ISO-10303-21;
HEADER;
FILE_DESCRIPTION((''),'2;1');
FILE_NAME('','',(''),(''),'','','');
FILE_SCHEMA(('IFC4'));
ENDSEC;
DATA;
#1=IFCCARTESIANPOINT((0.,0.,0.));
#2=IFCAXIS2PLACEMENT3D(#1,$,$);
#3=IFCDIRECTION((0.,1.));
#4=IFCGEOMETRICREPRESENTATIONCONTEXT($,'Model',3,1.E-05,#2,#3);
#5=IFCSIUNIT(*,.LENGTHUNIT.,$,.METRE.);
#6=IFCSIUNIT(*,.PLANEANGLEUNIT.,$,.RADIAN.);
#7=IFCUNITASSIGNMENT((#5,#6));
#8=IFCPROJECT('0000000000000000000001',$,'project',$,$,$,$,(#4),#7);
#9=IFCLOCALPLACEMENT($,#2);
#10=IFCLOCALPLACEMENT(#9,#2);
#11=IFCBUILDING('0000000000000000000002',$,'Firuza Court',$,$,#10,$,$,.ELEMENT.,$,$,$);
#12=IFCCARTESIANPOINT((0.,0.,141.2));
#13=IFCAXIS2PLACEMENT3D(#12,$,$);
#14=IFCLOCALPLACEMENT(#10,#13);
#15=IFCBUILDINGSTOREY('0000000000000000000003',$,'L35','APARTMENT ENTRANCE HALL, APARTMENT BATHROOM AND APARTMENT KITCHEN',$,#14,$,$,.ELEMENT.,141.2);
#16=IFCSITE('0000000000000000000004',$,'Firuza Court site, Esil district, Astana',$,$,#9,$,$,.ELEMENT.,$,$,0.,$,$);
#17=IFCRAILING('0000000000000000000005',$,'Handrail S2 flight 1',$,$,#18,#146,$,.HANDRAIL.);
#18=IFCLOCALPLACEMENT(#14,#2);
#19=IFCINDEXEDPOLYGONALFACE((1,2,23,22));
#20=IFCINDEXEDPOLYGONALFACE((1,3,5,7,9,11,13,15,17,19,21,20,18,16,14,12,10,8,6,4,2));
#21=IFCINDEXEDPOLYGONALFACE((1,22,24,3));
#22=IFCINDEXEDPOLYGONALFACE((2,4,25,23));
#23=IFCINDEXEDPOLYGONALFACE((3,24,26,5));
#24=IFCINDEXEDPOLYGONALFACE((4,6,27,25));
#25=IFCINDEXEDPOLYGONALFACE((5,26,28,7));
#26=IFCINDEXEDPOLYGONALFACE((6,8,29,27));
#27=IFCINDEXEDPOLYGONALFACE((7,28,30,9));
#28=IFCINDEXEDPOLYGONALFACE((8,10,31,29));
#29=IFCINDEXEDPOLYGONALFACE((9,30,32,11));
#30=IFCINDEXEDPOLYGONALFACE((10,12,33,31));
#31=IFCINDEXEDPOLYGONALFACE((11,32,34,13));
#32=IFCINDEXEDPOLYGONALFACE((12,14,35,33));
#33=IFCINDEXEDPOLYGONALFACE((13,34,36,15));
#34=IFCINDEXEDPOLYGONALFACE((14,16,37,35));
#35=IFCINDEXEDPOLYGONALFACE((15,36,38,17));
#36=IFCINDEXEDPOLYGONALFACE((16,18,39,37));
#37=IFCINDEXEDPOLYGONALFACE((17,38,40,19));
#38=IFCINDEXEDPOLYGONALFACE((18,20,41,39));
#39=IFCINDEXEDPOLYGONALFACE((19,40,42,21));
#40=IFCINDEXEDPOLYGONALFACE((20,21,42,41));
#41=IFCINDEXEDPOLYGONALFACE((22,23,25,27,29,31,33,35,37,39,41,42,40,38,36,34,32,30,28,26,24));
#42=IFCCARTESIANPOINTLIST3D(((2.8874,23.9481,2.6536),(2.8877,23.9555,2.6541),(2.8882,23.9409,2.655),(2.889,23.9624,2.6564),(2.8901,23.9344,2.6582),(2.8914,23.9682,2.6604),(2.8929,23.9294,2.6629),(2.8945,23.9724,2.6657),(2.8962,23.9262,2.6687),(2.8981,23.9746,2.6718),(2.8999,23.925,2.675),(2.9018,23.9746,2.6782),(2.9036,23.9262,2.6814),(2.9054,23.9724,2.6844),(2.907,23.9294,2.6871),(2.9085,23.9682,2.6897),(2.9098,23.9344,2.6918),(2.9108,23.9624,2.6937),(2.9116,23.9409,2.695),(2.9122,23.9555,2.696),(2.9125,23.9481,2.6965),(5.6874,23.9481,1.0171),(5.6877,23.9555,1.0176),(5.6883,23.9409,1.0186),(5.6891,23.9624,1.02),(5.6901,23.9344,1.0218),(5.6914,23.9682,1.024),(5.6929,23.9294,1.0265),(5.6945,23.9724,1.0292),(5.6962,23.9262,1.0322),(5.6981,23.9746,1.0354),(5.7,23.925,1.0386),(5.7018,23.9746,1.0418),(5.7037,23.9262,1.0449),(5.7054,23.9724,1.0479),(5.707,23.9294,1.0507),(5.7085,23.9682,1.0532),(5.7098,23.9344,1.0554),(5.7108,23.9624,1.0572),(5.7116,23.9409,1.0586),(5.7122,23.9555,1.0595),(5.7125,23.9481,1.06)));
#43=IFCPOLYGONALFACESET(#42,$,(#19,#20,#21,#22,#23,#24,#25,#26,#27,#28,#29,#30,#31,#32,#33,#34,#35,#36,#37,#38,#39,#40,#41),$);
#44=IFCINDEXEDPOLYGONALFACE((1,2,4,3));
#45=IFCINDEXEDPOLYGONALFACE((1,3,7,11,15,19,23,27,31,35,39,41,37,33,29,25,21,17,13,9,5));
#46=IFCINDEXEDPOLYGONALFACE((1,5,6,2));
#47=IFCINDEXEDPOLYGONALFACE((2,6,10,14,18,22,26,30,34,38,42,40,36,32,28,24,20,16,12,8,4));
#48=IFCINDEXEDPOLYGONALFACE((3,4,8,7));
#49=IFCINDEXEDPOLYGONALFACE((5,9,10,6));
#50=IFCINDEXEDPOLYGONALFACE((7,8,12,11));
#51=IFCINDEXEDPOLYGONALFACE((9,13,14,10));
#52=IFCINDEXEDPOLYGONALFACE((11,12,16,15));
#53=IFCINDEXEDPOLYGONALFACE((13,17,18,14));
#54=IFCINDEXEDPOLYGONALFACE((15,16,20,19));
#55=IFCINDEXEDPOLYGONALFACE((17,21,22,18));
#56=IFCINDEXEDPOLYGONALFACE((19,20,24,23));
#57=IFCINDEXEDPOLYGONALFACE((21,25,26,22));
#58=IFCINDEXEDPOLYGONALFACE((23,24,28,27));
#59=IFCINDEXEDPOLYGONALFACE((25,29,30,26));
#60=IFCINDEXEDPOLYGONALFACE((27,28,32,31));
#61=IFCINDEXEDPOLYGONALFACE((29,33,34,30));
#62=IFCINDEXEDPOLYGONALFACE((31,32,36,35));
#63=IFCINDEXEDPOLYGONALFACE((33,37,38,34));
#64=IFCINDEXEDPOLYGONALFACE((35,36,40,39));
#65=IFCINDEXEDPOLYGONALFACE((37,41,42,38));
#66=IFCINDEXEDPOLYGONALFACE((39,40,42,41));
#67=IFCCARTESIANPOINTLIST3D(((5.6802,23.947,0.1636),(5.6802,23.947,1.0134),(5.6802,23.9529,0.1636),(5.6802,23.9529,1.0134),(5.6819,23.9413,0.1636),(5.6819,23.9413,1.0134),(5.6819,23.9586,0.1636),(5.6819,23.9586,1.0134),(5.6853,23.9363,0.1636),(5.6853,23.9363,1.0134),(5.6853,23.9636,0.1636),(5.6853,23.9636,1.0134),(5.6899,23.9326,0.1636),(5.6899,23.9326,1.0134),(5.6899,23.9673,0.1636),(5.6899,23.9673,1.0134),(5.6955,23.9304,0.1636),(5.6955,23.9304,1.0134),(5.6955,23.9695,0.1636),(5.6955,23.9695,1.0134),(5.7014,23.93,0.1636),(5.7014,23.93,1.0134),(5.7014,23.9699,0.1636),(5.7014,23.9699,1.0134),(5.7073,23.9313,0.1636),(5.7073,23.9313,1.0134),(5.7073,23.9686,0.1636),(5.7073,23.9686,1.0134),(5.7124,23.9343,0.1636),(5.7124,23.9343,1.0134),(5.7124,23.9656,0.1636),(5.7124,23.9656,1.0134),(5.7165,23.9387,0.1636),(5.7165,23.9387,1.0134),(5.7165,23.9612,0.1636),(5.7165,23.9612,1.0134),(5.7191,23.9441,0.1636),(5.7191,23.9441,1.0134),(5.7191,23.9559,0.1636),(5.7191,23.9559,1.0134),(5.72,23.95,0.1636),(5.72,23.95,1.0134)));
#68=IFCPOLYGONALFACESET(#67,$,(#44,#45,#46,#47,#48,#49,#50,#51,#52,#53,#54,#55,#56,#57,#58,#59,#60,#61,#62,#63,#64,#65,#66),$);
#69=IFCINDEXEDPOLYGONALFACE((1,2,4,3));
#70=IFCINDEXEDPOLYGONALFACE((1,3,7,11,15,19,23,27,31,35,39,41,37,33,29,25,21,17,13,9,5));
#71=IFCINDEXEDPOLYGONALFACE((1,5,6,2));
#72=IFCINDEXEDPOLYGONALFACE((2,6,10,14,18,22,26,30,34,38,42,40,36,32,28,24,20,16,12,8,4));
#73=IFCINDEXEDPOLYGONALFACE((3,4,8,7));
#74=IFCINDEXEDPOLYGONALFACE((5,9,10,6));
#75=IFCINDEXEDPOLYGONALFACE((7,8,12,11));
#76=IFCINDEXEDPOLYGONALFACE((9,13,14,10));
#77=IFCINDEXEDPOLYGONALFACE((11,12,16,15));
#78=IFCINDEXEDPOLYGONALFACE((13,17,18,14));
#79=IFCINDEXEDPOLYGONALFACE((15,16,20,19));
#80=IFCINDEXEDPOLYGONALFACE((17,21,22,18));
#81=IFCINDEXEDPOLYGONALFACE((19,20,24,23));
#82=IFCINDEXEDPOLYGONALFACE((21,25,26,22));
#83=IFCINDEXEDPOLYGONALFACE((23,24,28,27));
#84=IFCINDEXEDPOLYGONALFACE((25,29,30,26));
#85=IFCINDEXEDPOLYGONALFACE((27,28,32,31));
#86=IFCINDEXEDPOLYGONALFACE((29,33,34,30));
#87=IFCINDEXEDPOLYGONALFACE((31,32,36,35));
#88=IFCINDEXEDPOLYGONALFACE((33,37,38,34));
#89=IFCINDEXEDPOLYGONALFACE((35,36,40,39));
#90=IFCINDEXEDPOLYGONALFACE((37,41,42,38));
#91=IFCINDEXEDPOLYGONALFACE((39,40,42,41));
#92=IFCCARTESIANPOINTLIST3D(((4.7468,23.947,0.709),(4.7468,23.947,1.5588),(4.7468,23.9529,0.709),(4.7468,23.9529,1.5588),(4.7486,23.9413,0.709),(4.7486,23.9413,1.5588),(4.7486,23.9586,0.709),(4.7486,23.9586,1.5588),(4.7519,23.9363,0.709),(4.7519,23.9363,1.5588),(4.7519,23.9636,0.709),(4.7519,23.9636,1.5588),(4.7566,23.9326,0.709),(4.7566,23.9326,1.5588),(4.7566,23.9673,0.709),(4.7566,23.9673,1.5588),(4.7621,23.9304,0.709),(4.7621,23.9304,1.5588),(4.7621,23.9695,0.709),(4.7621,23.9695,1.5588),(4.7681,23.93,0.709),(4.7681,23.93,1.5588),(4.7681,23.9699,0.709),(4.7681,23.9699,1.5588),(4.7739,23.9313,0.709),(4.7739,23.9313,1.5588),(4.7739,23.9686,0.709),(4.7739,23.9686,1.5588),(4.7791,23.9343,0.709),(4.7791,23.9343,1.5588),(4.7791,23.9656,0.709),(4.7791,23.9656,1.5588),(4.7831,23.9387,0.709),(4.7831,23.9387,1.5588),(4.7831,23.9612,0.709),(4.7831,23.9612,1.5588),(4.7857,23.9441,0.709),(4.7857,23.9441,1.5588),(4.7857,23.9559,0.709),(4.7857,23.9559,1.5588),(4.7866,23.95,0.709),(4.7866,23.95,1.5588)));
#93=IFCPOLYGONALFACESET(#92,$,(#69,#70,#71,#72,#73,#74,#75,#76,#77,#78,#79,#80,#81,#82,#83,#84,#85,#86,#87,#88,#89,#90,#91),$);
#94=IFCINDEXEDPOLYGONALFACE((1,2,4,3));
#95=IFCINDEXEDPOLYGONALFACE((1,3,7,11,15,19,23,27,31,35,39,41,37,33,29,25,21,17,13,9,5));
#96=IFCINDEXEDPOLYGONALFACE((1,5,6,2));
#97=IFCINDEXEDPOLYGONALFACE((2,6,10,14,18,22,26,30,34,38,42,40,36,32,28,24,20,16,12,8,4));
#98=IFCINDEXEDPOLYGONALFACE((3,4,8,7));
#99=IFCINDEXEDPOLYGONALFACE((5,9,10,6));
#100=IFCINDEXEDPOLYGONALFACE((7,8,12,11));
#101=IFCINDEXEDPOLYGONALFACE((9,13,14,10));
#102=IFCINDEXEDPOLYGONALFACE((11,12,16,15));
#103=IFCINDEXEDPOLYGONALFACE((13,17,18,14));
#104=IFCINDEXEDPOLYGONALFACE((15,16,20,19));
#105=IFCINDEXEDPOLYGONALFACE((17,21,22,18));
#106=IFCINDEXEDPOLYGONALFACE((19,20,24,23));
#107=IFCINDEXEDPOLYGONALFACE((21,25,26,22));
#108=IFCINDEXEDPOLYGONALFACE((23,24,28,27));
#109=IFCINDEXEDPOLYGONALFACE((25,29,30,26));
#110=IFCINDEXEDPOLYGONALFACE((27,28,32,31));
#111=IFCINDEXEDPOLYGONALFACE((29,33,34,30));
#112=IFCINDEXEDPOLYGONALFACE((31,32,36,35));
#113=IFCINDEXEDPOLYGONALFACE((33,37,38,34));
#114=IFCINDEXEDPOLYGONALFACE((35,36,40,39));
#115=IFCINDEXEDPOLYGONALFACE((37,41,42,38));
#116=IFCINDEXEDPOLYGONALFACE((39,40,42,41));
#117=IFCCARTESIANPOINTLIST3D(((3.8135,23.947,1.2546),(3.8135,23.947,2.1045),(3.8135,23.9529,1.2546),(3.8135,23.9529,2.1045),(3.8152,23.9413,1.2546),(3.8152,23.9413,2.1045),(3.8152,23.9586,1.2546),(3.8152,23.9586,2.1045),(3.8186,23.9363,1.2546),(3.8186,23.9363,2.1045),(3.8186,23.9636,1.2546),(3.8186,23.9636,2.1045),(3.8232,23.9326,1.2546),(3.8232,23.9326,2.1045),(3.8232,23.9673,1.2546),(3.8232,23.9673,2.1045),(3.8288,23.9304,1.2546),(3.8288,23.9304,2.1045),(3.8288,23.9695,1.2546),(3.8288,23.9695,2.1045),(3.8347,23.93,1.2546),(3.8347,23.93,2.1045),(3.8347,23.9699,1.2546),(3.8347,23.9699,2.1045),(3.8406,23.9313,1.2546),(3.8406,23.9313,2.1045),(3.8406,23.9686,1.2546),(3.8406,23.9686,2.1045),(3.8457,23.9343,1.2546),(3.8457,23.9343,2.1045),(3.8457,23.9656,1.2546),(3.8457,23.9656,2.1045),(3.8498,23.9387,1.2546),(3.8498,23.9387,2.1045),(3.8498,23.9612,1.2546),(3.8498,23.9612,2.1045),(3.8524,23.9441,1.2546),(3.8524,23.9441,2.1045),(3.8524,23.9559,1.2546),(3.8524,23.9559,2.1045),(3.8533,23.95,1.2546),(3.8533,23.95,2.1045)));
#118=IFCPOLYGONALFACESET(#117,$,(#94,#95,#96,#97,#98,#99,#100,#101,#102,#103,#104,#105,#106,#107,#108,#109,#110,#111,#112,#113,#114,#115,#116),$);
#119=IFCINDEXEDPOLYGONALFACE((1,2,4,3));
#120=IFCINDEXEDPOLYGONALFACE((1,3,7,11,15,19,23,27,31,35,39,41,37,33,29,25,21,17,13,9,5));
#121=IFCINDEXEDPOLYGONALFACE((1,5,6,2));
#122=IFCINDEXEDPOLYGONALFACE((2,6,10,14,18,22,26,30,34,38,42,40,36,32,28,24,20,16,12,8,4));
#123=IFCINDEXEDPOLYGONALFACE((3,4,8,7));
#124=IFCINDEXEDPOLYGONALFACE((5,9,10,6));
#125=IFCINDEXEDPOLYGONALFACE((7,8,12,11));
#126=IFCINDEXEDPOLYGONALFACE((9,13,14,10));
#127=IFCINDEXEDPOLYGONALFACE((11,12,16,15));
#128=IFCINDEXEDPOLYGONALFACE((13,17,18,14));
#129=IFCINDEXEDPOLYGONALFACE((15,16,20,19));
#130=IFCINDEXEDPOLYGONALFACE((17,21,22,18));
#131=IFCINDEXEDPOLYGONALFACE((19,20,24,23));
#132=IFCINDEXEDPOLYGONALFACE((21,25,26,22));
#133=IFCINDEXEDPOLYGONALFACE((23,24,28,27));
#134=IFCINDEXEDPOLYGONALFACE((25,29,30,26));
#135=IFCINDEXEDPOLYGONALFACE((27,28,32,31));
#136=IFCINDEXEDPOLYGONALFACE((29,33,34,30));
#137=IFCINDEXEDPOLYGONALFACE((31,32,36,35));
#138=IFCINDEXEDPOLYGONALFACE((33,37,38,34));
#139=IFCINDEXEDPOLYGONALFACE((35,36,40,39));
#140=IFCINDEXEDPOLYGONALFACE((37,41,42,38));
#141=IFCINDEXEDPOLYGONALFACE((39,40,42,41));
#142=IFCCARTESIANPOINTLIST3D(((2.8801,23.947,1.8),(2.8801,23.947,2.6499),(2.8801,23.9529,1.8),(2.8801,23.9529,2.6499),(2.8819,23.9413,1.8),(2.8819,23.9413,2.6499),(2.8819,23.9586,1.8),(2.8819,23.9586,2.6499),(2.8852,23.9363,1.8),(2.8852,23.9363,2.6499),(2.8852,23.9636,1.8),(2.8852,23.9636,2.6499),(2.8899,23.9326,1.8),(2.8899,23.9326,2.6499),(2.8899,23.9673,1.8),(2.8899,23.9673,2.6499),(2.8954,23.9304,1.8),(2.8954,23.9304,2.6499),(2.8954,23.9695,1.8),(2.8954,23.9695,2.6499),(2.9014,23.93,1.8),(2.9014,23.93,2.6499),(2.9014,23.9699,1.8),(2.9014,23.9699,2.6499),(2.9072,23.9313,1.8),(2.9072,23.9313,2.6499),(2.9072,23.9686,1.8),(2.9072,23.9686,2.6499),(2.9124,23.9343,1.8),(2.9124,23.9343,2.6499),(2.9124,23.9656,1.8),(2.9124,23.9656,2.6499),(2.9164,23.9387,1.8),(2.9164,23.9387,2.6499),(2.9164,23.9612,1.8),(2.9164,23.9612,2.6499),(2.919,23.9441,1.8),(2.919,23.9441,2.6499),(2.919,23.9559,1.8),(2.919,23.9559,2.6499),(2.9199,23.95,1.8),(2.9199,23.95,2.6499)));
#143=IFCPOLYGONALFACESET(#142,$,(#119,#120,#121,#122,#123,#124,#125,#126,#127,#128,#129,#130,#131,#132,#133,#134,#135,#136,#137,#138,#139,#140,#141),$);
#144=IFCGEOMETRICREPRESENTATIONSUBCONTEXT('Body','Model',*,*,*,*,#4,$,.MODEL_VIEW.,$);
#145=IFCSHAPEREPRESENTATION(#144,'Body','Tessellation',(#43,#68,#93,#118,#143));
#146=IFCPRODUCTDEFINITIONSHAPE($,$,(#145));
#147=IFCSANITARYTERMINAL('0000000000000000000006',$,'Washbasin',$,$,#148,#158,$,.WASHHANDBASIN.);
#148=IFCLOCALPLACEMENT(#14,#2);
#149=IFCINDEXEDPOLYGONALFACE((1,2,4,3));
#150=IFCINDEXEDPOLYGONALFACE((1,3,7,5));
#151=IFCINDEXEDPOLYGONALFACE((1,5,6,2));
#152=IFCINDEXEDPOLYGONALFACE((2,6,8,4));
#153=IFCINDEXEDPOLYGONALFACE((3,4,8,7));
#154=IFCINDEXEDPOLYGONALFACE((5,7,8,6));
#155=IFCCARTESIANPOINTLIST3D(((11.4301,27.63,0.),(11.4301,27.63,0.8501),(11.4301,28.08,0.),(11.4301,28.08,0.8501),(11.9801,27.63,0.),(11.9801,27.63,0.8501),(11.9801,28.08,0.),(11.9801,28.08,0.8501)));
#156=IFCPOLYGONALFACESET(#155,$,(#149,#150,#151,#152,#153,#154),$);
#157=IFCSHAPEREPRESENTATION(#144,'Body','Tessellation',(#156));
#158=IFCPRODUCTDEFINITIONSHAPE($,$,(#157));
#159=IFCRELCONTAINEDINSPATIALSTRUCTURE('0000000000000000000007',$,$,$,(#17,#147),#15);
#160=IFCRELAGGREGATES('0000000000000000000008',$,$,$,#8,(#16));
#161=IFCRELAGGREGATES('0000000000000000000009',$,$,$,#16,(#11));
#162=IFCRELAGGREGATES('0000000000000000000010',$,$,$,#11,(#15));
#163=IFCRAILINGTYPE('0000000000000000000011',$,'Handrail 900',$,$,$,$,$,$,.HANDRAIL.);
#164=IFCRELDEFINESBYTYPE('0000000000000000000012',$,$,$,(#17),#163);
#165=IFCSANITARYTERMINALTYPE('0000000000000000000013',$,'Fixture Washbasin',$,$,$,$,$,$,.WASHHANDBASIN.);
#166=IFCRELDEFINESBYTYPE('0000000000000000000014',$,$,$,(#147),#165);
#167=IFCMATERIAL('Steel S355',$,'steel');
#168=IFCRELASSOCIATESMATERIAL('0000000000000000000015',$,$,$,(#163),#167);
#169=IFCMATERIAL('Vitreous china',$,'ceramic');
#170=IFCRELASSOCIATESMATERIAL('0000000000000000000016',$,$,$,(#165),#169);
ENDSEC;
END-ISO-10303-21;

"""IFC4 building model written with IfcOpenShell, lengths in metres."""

from ifc_helpers import new_model, si_unit, direction, frame, origin, origin_2d, place, context, subcontext, project, spatial, rectangle, circle, extrude, material, type_object, element, save


model = new_model("IFC4")

# Units and contexts
model_context = context("Model", 3, precision=1e-05, world=origin(), true_north=direction((0.0, 1.0)))
body_context = subcontext(model_context, "Body", "Model", "MODEL_VIEW")
ifc_project = project(units=[si_unit("LENGTHUNIT", "METRE"), si_unit("PLANEANGLEUNIT", "RADIAN")], contexts=[model_context])

# Site, building, storey
site_placement = place(None, origin())
site = spatial("IfcSite", under=ifc_project, at=site_placement, Name="Firuza Court site, Esil district, Astana", CompositionType="ELEMENT", RefElevation=0.0)
building_placement = place(site_placement, origin())
building = spatial("IfcBuilding", under=site, at=building_placement, Name="Firuza Court", CompositionType="ELEMENT")
storey_placement = place(building_placement, frame((0.0, 0.0, 141.2)))
storey = spatial("IfcBuildingStorey", under=building, at=storey_placement, Name="L35", Description="APARTMENT ENTRANCE HALL, APARTMENT BATHROOM AND APARTMENT KITCHEN", CompositionType="ELEMENT", Elevation=141.2)

# Railing
ifc_material_1 = material(Name="Steel S355", Category="steel")
railing_type_1 = type_object("IfcRailingType", Name="Handrail 900", PredefinedType="HANDRAIL", material=ifc_material_1)
railing_1_placement = place(storey_placement, frame((5.7, 23.95, 0.1636)))
element("IfcRailing", 1, at=railing_1_placement, inside=storey, type_object=railing_type_1, Name="Handrail S2 flight 1", PredefinedType="HANDRAIL", context=body_context, shape_type="SweptSolid", body=[
    extrude(circle(Radius=0.0249, at=origin_2d()), frame((0.0, 0.0, 0.875), z_axis=(-0.863361, 0.0, 0.504587), x_axis=(0.0, -1.0, 0.0)), (0.0, 0.0, 1.0), 3.2432),
    extrude(circle(Radius=0.02, at=origin_2d()), origin(), (0.0, 0.0, 1.0), 0.8499),
    extrude(circle(Radius=0.02, at=origin_2d()), frame((-0.9333, 0.0, 0.5454)), (0.0, 0.0, 1.0), 0.8499),
    extrude(circle(Radius=0.02, at=origin_2d()), frame((-1.8667, 0.0, 1.0911)), (0.0, 0.0, 1.0), 0.8499),
    extrude(circle(Radius=0.02, at=origin_2d()), frame((-2.8, 0.0, 1.6365)), (0.0, 0.0, 1.0), 0.8499),
])

# Sanitary terminal
ifc_material_2 = material(Name="Vitreous china", Category="ceramic")
sanitary_terminal_type = type_object("IfcSanitaryTerminalType", Name="Fixture Washbasin", PredefinedType="WASHHANDBASIN", material=ifc_material_2)
sanitary_terminal_placement = place(storey_placement, frame((11.7051, 27.855, 0.0), z_axis=(0.0, 0.0, 1.0), x_axis=(1.0, 0.0, 0.0)))
element("IfcSanitaryTerminal", 2, at=sanitary_terminal_placement, inside=storey, type_object=sanitary_terminal_type, Name="Washbasin", PredefinedType="WASHHANDBASIN", context=body_context, shape_type="SweptSolid", body=[
    extrude(rectangle(XDim=0.55, YDim=0.45, at=origin_2d()), origin(), (0.0, 0.0, 1.0), 0.8501),
])

save(model, "model.ifc")
